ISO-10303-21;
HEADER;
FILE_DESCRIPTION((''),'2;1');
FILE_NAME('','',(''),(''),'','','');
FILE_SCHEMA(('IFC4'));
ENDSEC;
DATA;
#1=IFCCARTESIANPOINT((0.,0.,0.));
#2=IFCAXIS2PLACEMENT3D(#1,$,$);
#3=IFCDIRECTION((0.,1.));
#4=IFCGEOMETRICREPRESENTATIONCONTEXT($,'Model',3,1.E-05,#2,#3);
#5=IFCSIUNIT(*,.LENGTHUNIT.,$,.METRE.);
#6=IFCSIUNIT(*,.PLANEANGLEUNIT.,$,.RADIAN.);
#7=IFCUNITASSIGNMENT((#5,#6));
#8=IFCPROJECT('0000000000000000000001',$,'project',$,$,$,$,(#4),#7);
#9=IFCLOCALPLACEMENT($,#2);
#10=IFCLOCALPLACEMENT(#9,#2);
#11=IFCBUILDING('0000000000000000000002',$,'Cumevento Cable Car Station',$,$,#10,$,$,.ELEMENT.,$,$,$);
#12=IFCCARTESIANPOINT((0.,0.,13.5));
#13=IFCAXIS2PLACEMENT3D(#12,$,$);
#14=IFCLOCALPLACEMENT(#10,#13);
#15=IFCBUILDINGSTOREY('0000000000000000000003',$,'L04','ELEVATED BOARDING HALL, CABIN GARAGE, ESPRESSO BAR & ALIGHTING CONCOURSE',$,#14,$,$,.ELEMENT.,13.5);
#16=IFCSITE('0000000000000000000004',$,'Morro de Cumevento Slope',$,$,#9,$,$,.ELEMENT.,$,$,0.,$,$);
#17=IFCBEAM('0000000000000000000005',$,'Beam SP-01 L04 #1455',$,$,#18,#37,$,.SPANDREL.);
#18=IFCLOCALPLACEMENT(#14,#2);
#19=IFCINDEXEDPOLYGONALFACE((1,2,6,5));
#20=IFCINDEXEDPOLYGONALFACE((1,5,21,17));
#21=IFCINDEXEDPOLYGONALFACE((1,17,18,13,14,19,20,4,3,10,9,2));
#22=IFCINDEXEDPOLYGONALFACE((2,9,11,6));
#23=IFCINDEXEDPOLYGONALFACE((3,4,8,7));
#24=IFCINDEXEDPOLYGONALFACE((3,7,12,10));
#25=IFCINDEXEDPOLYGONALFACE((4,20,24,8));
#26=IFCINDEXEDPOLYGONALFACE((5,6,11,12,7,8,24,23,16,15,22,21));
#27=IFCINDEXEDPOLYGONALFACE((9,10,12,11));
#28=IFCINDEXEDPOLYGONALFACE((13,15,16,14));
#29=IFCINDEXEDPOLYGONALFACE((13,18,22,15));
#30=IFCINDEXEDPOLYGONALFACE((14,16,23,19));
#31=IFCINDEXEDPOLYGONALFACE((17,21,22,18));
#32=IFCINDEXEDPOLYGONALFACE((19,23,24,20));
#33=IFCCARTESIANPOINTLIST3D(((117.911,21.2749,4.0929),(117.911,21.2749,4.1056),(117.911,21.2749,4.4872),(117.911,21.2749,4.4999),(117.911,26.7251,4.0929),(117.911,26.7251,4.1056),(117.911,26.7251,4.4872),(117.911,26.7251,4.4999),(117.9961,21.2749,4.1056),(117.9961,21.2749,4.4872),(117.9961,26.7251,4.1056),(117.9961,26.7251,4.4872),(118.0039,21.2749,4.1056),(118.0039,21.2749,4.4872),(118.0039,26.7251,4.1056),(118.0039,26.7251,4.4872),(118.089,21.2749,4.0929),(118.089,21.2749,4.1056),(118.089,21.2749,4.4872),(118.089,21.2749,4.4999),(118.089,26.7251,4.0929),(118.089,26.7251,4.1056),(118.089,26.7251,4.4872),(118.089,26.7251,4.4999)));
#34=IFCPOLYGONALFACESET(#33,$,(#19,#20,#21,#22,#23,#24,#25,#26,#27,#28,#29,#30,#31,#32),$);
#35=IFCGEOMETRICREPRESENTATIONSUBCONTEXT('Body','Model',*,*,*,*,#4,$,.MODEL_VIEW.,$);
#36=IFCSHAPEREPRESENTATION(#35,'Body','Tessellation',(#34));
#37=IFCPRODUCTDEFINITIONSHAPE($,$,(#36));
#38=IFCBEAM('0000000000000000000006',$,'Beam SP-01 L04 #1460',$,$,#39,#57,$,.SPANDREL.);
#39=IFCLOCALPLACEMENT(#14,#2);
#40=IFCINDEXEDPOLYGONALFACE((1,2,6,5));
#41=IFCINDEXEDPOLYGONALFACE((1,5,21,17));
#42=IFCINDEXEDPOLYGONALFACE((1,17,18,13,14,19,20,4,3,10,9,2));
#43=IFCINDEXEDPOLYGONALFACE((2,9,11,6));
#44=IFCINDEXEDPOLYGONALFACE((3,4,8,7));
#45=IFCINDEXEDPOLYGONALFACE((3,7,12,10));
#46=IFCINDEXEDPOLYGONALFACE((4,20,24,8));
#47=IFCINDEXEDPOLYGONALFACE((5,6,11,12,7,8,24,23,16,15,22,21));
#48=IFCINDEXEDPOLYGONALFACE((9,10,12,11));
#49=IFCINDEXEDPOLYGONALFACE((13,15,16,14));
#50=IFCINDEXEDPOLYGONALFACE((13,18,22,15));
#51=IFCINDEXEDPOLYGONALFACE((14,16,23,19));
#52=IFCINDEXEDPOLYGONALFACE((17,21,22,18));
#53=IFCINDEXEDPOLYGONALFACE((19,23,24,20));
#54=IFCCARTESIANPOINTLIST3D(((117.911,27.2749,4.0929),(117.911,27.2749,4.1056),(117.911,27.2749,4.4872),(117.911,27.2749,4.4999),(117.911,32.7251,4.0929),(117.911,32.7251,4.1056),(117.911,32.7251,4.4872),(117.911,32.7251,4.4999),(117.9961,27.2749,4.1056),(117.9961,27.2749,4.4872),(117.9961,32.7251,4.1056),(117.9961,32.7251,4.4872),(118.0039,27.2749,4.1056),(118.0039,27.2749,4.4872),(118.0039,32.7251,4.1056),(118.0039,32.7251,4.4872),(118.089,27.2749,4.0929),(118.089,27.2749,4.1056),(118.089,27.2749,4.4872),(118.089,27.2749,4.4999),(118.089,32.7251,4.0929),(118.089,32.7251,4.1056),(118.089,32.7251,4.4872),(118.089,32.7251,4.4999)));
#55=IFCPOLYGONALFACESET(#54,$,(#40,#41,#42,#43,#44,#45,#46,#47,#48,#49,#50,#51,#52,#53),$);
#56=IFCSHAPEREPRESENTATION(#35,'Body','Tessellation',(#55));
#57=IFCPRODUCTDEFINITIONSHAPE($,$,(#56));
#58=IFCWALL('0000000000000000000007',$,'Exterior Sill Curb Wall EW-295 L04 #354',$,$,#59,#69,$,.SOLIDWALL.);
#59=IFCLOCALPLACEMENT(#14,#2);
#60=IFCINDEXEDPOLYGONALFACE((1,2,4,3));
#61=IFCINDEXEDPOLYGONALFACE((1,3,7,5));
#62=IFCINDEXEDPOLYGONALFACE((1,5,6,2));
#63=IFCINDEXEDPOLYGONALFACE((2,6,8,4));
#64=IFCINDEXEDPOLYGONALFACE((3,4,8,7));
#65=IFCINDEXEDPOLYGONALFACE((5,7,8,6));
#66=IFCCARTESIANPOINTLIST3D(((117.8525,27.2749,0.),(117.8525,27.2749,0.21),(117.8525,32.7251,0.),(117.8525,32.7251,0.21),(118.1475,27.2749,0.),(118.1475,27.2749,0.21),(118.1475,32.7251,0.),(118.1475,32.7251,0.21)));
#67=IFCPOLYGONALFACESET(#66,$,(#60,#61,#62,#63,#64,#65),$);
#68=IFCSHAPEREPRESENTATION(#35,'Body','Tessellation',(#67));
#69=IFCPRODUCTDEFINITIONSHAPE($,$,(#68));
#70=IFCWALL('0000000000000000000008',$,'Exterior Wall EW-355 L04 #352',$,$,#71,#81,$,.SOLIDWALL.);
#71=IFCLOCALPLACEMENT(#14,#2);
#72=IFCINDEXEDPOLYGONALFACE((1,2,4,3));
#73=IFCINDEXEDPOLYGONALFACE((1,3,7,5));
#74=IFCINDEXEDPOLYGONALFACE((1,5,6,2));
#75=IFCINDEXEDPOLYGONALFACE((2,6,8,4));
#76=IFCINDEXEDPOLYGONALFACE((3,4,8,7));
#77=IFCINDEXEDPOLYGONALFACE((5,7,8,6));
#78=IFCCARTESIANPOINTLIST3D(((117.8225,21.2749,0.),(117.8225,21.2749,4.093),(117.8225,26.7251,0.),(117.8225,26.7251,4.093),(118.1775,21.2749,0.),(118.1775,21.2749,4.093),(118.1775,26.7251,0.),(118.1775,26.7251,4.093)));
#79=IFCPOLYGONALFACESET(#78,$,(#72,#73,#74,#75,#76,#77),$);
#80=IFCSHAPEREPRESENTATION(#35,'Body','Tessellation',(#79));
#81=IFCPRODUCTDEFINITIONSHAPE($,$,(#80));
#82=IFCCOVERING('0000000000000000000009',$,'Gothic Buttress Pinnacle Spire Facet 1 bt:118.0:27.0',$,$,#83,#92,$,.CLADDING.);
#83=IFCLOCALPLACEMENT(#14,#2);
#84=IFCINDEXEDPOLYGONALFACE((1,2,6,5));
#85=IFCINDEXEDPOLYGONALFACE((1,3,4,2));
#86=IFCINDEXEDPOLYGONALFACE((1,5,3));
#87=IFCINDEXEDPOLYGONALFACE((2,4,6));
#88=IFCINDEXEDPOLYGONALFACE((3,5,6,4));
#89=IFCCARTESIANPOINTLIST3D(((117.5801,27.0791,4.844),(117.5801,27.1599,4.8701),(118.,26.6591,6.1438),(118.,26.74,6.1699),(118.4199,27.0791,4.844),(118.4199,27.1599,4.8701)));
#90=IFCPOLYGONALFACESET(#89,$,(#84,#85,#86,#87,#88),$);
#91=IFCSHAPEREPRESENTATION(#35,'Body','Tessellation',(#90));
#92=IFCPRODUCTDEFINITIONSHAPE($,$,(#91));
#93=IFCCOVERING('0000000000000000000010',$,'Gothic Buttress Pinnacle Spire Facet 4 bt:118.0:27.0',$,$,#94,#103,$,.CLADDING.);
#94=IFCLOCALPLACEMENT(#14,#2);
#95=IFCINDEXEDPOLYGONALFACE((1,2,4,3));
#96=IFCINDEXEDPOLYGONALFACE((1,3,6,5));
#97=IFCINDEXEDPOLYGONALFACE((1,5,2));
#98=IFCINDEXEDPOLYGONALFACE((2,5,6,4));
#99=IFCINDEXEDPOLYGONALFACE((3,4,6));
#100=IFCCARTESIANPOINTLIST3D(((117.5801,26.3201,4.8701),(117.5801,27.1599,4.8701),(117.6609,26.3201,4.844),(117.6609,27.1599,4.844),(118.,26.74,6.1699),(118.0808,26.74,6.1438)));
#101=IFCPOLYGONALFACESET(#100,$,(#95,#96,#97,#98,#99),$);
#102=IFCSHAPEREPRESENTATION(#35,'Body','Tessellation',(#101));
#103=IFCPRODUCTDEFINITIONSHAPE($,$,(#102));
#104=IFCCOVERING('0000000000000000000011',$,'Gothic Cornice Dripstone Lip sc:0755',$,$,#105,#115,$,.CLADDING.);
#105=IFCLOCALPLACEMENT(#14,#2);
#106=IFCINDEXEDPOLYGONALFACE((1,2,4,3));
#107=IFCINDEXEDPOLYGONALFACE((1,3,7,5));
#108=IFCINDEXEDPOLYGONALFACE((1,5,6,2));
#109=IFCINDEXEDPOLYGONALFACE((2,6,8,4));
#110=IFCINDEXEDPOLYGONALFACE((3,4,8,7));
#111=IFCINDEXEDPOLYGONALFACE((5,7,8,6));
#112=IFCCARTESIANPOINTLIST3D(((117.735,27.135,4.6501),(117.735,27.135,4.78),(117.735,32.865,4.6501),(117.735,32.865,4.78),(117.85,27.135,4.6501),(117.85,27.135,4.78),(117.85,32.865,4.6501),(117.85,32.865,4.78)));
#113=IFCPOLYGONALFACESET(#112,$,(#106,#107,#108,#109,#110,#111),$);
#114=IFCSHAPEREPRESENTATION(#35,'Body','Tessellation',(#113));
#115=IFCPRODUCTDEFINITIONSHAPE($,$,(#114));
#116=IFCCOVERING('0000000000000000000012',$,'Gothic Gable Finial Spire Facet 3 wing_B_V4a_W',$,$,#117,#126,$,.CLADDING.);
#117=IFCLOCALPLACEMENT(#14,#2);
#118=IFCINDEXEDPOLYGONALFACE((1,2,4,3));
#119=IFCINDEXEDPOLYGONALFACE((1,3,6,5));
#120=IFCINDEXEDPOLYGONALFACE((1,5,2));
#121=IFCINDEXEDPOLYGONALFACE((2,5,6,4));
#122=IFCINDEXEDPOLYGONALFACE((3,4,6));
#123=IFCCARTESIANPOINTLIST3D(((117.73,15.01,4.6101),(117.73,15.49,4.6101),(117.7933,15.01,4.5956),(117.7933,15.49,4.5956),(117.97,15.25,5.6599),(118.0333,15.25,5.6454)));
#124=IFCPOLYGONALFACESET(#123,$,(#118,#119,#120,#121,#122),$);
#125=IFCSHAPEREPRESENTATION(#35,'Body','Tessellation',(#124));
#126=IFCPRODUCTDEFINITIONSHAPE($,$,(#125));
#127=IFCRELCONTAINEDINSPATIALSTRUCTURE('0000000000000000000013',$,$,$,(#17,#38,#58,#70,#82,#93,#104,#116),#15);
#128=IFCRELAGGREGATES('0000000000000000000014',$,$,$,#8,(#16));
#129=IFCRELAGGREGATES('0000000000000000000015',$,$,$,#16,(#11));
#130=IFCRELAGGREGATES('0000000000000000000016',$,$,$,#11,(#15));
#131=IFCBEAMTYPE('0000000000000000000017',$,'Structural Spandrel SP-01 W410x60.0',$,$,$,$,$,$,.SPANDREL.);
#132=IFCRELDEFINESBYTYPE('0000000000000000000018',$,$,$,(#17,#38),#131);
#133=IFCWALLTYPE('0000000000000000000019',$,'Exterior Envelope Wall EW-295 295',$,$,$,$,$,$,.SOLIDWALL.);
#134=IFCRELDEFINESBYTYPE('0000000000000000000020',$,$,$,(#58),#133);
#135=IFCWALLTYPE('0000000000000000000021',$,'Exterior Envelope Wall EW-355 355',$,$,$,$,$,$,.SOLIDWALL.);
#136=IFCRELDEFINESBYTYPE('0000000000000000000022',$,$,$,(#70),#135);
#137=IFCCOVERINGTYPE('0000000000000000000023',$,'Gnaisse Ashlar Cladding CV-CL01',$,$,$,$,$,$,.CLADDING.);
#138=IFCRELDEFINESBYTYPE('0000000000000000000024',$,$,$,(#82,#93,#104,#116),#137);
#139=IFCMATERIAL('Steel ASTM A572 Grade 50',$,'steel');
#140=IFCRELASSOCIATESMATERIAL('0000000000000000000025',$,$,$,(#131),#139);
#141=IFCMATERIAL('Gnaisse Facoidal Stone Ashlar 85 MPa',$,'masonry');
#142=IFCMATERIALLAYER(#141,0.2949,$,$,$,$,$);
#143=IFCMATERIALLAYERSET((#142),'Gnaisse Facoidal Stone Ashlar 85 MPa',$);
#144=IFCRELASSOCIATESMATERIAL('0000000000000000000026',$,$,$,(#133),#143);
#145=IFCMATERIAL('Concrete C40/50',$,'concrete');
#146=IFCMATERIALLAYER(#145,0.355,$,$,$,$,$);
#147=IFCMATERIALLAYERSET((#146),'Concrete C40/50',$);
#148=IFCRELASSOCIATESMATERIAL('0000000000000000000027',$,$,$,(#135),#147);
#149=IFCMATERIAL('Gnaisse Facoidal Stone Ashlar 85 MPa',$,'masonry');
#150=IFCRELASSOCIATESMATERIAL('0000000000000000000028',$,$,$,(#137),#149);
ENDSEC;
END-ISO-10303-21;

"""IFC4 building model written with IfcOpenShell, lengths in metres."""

from ifc_helpers import new_model, si_unit, direction, frame, frame_2d, origin, origin_2d, place, context, subcontext, project, spatial, polyline, rectangle, i_section, outline, extrude, material, layer, layer_set, material_profile, profile_set, type_object, element, save


model = new_model("IFC4")

# Units and contexts
model_context = context("Model", 3, precision=1e-05, world=origin(), true_north=direction((0.0, 1.0)))
body_context = subcontext(model_context, "Body", "Model", "MODEL_VIEW")
ifc_project = project(units=[si_unit("LENGTHUNIT", "METRE"), si_unit("PLANEANGLEUNIT", "RADIAN")], contexts=[model_context])

# Site, building, storey
site_placement = place(None, origin())
site = spatial("IfcSite", under=ifc_project, at=site_placement, Name="Morro de Cumevento Slope", CompositionType="ELEMENT", RefElevation=0.0)
building_placement = place(site_placement, origin())
building = spatial("IfcBuilding", under=site, at=building_placement, Name="Cumevento Cable Car Station", CompositionType="ELEMENT")
storey_placement = place(building_placement, frame((0.0, 0.0, 13.5)))
storey = spatial("IfcBuildingStorey", under=building, at=storey_placement, Name="L04", Description="ELEVATED BOARDING HALL, CABIN GARAGE, ESPRESSO BAR & ALIGHTING CONCOURSE", CompositionType="ELEMENT", Elevation=13.5)

# Beams
ifc_material_1 = material(Name="Steel ASTM A572 Grade 50", Category="steel")
ifc_material_profile_1 = material_profile(ifc_material_1, i_section(OverallWidth=0.178, OverallDepth=0.407, WebThickness=0.0078, FlangeThickness=0.0127, at=origin_2d()), Name="W410x60.0")
ifc_profile_set_1 = profile_set([ifc_material_profile_1], Name="Steel ASTM A572 Grade 50")
beam_type = type_object("IfcBeamType", Name="Structural Spandrel SP-01 W410x60.0", PredefinedType="SPANDREL", material=ifc_profile_set_1)
for number, where, z_axis, x_axis, name in (
    (1, (118.0, 21.2749, 4.2964), (0.0, 1.0, 0.0), (-1.0, 0.0, 0.0), "Beam SP-01 L04 #1455"),
    (2, (118.0, 27.2749, 4.2964), (0.0, 1.0, 0.0), (-1.0, 0.0, 0.0), "Beam SP-01 L04 #1460"),
):
    element("IfcBeam", number, at=place(storey_placement, frame(where, z_axis=z_axis, x_axis=x_axis)), inside=storey, type_object=beam_type, Name=name, PredefinedType="SPANDREL", context=body_context, shape_type="SweptSolid", body=[
        extrude(i_section(OverallWidth=0.178, OverallDepth=0.407, WebThickness=0.0078, FlangeThickness=0.0127, at=origin_2d()), origin(), (0.0, 0.0, 1.0), 5.4502),
    ])

# Walls
ifc_material_2 = material(Name="Gnaisse Facoidal Stone Ashlar 85 MPa", Category="masonry")
ifc_layer_1 = layer(ifc_material_2, 0.2949)
ifc_layer_set_1 = layer_set([ifc_layer_1], Name="Gnaisse Facoidal Stone Ashlar 85 MPa")
wall_type_1 = type_object("IfcWallType", Name="Exterior Envelope Wall EW-295 295", PredefinedType="SOLIDWALL", material=ifc_layer_set_1)
wall_1_placement = place(storey_placement, frame((118.0, 27.2749, 0.0), z_axis=(0.0, 0.0, 1.0), x_axis=(0.0, 1.0, 0.0)))
element("IfcWall", 3, at=wall_1_placement, inside=storey, type_object=wall_type_1, Name="Exterior Sill Curb Wall EW-295 L04 #354", PredefinedType="SOLIDWALL", context=body_context, shape_type="SweptSolid", body=[
    extrude(rectangle(XDim=5.4502, YDim=0.2949, at=frame_2d((2.7251, 0.0))), origin(), (0.0, 0.0, 1.0), 0.21),
])
ifc_material_3 = material(Name="Concrete C40/50", Category="concrete")
ifc_layer_2 = layer(ifc_material_3, 0.355)
ifc_layer_set_2 = layer_set([ifc_layer_2], Name="Concrete C40/50")
wall_type_2 = type_object("IfcWallType", Name="Exterior Envelope Wall EW-355 355", PredefinedType="SOLIDWALL", material=ifc_layer_set_2)
wall_2_placement = place(storey_placement, frame((118.0, 21.2749, 0.0), z_axis=(0.0, 0.0, 1.0), x_axis=(0.0, 1.0, 0.0)))
element("IfcWall", 4, at=wall_2_placement, inside=storey, type_object=wall_type_2, Name="Exterior Wall EW-355 L04 #352", PredefinedType="SOLIDWALL", context=body_context, shape_type="SweptSolid", body=[
    extrude(rectangle(XDim=5.4502, YDim=0.355, at=frame_2d((2.7251, 0.0))), origin(), (0.0, 0.0, 1.0), 4.093),
])

# Coverings
ifc_material_4 = material(Name="Gnaisse Facoidal Stone Ashlar 85 MPa", Category="masonry")
covering_type = type_object("IfcCoveringType", Name="Gnaisse Ashlar Cladding CV-CL01", PredefinedType="CLADDING", material=ifc_material_4)
for number, where, z_axis, x_axis, name in (
    (5, (117.5801, 27.1599, 4.8701), (0.0, 0.951574, 0.307421), (1.0, 0.0, 0.0), "Gothic Buttress Pinnacle Spire Facet 1 bt:118.0:27.0"),
    (6, (117.5801, 26.3201, 4.8701), (-0.951574, 0.0, 0.307421), (0.0, 1.0, 0.0), "Gothic Buttress Pinnacle Spire Facet 4 bt:118.0:27.0"),
):
    element("IfcCovering", number, at=place(storey_placement, frame(where, z_axis=z_axis, x_axis=x_axis)), inside=storey, type_object=covering_type, Name=name, PredefinedType="CLADDING", context=body_context, shape_type="SweptSolid", body=[
        extrude(outline(polyline([(0.0, 0.0), (0.8398, 0.0), (0.4199, -1.366), (0.0, 0.0)])), origin(), (0.0, 0.0, -1.0), 0.085),
    ])
covering_1_placement = place(storey_placement, frame((117.7925, 30.0, 4.6501), z_axis=(0.0, 0.0, 1.0), x_axis=(0.0, 1.0, 0.0)))
element("IfcCovering", 7, at=covering_1_placement, inside=storey, type_object=covering_type, Name="Gothic Cornice Dripstone Lip sc:0755", PredefinedType="CLADDING", context=body_context, shape_type="SweptSolid", body=[
    extrude(rectangle(XDim=5.73, YDim=0.115, at=origin_2d()), origin(), (0.0, 0.0, 1.0), 0.1299),
])
covering_2_placement = place(storey_placement, frame((117.73, 15.49, 4.6101), z_axis=(-0.974851, 0.0, 0.222856), x_axis=(0.0, -1.0, 0.0)))
element("IfcCovering", 8, at=covering_2_placement, inside=storey, type_object=covering_type, Name="Gothic Gable Finial Spire Facet 3 wing_B_V4a_W", PredefinedType="CLADDING", context=body_context, shape_type="SweptSolid", body=[
    extrude(outline(polyline([(0.0, 0.0), (0.48, 0.0), (0.24, 1.0769), (0.0, 0.0)])), origin(), (0.0, 0.0, -1.0), 0.0649),
])

save(model, "model.ifc")
